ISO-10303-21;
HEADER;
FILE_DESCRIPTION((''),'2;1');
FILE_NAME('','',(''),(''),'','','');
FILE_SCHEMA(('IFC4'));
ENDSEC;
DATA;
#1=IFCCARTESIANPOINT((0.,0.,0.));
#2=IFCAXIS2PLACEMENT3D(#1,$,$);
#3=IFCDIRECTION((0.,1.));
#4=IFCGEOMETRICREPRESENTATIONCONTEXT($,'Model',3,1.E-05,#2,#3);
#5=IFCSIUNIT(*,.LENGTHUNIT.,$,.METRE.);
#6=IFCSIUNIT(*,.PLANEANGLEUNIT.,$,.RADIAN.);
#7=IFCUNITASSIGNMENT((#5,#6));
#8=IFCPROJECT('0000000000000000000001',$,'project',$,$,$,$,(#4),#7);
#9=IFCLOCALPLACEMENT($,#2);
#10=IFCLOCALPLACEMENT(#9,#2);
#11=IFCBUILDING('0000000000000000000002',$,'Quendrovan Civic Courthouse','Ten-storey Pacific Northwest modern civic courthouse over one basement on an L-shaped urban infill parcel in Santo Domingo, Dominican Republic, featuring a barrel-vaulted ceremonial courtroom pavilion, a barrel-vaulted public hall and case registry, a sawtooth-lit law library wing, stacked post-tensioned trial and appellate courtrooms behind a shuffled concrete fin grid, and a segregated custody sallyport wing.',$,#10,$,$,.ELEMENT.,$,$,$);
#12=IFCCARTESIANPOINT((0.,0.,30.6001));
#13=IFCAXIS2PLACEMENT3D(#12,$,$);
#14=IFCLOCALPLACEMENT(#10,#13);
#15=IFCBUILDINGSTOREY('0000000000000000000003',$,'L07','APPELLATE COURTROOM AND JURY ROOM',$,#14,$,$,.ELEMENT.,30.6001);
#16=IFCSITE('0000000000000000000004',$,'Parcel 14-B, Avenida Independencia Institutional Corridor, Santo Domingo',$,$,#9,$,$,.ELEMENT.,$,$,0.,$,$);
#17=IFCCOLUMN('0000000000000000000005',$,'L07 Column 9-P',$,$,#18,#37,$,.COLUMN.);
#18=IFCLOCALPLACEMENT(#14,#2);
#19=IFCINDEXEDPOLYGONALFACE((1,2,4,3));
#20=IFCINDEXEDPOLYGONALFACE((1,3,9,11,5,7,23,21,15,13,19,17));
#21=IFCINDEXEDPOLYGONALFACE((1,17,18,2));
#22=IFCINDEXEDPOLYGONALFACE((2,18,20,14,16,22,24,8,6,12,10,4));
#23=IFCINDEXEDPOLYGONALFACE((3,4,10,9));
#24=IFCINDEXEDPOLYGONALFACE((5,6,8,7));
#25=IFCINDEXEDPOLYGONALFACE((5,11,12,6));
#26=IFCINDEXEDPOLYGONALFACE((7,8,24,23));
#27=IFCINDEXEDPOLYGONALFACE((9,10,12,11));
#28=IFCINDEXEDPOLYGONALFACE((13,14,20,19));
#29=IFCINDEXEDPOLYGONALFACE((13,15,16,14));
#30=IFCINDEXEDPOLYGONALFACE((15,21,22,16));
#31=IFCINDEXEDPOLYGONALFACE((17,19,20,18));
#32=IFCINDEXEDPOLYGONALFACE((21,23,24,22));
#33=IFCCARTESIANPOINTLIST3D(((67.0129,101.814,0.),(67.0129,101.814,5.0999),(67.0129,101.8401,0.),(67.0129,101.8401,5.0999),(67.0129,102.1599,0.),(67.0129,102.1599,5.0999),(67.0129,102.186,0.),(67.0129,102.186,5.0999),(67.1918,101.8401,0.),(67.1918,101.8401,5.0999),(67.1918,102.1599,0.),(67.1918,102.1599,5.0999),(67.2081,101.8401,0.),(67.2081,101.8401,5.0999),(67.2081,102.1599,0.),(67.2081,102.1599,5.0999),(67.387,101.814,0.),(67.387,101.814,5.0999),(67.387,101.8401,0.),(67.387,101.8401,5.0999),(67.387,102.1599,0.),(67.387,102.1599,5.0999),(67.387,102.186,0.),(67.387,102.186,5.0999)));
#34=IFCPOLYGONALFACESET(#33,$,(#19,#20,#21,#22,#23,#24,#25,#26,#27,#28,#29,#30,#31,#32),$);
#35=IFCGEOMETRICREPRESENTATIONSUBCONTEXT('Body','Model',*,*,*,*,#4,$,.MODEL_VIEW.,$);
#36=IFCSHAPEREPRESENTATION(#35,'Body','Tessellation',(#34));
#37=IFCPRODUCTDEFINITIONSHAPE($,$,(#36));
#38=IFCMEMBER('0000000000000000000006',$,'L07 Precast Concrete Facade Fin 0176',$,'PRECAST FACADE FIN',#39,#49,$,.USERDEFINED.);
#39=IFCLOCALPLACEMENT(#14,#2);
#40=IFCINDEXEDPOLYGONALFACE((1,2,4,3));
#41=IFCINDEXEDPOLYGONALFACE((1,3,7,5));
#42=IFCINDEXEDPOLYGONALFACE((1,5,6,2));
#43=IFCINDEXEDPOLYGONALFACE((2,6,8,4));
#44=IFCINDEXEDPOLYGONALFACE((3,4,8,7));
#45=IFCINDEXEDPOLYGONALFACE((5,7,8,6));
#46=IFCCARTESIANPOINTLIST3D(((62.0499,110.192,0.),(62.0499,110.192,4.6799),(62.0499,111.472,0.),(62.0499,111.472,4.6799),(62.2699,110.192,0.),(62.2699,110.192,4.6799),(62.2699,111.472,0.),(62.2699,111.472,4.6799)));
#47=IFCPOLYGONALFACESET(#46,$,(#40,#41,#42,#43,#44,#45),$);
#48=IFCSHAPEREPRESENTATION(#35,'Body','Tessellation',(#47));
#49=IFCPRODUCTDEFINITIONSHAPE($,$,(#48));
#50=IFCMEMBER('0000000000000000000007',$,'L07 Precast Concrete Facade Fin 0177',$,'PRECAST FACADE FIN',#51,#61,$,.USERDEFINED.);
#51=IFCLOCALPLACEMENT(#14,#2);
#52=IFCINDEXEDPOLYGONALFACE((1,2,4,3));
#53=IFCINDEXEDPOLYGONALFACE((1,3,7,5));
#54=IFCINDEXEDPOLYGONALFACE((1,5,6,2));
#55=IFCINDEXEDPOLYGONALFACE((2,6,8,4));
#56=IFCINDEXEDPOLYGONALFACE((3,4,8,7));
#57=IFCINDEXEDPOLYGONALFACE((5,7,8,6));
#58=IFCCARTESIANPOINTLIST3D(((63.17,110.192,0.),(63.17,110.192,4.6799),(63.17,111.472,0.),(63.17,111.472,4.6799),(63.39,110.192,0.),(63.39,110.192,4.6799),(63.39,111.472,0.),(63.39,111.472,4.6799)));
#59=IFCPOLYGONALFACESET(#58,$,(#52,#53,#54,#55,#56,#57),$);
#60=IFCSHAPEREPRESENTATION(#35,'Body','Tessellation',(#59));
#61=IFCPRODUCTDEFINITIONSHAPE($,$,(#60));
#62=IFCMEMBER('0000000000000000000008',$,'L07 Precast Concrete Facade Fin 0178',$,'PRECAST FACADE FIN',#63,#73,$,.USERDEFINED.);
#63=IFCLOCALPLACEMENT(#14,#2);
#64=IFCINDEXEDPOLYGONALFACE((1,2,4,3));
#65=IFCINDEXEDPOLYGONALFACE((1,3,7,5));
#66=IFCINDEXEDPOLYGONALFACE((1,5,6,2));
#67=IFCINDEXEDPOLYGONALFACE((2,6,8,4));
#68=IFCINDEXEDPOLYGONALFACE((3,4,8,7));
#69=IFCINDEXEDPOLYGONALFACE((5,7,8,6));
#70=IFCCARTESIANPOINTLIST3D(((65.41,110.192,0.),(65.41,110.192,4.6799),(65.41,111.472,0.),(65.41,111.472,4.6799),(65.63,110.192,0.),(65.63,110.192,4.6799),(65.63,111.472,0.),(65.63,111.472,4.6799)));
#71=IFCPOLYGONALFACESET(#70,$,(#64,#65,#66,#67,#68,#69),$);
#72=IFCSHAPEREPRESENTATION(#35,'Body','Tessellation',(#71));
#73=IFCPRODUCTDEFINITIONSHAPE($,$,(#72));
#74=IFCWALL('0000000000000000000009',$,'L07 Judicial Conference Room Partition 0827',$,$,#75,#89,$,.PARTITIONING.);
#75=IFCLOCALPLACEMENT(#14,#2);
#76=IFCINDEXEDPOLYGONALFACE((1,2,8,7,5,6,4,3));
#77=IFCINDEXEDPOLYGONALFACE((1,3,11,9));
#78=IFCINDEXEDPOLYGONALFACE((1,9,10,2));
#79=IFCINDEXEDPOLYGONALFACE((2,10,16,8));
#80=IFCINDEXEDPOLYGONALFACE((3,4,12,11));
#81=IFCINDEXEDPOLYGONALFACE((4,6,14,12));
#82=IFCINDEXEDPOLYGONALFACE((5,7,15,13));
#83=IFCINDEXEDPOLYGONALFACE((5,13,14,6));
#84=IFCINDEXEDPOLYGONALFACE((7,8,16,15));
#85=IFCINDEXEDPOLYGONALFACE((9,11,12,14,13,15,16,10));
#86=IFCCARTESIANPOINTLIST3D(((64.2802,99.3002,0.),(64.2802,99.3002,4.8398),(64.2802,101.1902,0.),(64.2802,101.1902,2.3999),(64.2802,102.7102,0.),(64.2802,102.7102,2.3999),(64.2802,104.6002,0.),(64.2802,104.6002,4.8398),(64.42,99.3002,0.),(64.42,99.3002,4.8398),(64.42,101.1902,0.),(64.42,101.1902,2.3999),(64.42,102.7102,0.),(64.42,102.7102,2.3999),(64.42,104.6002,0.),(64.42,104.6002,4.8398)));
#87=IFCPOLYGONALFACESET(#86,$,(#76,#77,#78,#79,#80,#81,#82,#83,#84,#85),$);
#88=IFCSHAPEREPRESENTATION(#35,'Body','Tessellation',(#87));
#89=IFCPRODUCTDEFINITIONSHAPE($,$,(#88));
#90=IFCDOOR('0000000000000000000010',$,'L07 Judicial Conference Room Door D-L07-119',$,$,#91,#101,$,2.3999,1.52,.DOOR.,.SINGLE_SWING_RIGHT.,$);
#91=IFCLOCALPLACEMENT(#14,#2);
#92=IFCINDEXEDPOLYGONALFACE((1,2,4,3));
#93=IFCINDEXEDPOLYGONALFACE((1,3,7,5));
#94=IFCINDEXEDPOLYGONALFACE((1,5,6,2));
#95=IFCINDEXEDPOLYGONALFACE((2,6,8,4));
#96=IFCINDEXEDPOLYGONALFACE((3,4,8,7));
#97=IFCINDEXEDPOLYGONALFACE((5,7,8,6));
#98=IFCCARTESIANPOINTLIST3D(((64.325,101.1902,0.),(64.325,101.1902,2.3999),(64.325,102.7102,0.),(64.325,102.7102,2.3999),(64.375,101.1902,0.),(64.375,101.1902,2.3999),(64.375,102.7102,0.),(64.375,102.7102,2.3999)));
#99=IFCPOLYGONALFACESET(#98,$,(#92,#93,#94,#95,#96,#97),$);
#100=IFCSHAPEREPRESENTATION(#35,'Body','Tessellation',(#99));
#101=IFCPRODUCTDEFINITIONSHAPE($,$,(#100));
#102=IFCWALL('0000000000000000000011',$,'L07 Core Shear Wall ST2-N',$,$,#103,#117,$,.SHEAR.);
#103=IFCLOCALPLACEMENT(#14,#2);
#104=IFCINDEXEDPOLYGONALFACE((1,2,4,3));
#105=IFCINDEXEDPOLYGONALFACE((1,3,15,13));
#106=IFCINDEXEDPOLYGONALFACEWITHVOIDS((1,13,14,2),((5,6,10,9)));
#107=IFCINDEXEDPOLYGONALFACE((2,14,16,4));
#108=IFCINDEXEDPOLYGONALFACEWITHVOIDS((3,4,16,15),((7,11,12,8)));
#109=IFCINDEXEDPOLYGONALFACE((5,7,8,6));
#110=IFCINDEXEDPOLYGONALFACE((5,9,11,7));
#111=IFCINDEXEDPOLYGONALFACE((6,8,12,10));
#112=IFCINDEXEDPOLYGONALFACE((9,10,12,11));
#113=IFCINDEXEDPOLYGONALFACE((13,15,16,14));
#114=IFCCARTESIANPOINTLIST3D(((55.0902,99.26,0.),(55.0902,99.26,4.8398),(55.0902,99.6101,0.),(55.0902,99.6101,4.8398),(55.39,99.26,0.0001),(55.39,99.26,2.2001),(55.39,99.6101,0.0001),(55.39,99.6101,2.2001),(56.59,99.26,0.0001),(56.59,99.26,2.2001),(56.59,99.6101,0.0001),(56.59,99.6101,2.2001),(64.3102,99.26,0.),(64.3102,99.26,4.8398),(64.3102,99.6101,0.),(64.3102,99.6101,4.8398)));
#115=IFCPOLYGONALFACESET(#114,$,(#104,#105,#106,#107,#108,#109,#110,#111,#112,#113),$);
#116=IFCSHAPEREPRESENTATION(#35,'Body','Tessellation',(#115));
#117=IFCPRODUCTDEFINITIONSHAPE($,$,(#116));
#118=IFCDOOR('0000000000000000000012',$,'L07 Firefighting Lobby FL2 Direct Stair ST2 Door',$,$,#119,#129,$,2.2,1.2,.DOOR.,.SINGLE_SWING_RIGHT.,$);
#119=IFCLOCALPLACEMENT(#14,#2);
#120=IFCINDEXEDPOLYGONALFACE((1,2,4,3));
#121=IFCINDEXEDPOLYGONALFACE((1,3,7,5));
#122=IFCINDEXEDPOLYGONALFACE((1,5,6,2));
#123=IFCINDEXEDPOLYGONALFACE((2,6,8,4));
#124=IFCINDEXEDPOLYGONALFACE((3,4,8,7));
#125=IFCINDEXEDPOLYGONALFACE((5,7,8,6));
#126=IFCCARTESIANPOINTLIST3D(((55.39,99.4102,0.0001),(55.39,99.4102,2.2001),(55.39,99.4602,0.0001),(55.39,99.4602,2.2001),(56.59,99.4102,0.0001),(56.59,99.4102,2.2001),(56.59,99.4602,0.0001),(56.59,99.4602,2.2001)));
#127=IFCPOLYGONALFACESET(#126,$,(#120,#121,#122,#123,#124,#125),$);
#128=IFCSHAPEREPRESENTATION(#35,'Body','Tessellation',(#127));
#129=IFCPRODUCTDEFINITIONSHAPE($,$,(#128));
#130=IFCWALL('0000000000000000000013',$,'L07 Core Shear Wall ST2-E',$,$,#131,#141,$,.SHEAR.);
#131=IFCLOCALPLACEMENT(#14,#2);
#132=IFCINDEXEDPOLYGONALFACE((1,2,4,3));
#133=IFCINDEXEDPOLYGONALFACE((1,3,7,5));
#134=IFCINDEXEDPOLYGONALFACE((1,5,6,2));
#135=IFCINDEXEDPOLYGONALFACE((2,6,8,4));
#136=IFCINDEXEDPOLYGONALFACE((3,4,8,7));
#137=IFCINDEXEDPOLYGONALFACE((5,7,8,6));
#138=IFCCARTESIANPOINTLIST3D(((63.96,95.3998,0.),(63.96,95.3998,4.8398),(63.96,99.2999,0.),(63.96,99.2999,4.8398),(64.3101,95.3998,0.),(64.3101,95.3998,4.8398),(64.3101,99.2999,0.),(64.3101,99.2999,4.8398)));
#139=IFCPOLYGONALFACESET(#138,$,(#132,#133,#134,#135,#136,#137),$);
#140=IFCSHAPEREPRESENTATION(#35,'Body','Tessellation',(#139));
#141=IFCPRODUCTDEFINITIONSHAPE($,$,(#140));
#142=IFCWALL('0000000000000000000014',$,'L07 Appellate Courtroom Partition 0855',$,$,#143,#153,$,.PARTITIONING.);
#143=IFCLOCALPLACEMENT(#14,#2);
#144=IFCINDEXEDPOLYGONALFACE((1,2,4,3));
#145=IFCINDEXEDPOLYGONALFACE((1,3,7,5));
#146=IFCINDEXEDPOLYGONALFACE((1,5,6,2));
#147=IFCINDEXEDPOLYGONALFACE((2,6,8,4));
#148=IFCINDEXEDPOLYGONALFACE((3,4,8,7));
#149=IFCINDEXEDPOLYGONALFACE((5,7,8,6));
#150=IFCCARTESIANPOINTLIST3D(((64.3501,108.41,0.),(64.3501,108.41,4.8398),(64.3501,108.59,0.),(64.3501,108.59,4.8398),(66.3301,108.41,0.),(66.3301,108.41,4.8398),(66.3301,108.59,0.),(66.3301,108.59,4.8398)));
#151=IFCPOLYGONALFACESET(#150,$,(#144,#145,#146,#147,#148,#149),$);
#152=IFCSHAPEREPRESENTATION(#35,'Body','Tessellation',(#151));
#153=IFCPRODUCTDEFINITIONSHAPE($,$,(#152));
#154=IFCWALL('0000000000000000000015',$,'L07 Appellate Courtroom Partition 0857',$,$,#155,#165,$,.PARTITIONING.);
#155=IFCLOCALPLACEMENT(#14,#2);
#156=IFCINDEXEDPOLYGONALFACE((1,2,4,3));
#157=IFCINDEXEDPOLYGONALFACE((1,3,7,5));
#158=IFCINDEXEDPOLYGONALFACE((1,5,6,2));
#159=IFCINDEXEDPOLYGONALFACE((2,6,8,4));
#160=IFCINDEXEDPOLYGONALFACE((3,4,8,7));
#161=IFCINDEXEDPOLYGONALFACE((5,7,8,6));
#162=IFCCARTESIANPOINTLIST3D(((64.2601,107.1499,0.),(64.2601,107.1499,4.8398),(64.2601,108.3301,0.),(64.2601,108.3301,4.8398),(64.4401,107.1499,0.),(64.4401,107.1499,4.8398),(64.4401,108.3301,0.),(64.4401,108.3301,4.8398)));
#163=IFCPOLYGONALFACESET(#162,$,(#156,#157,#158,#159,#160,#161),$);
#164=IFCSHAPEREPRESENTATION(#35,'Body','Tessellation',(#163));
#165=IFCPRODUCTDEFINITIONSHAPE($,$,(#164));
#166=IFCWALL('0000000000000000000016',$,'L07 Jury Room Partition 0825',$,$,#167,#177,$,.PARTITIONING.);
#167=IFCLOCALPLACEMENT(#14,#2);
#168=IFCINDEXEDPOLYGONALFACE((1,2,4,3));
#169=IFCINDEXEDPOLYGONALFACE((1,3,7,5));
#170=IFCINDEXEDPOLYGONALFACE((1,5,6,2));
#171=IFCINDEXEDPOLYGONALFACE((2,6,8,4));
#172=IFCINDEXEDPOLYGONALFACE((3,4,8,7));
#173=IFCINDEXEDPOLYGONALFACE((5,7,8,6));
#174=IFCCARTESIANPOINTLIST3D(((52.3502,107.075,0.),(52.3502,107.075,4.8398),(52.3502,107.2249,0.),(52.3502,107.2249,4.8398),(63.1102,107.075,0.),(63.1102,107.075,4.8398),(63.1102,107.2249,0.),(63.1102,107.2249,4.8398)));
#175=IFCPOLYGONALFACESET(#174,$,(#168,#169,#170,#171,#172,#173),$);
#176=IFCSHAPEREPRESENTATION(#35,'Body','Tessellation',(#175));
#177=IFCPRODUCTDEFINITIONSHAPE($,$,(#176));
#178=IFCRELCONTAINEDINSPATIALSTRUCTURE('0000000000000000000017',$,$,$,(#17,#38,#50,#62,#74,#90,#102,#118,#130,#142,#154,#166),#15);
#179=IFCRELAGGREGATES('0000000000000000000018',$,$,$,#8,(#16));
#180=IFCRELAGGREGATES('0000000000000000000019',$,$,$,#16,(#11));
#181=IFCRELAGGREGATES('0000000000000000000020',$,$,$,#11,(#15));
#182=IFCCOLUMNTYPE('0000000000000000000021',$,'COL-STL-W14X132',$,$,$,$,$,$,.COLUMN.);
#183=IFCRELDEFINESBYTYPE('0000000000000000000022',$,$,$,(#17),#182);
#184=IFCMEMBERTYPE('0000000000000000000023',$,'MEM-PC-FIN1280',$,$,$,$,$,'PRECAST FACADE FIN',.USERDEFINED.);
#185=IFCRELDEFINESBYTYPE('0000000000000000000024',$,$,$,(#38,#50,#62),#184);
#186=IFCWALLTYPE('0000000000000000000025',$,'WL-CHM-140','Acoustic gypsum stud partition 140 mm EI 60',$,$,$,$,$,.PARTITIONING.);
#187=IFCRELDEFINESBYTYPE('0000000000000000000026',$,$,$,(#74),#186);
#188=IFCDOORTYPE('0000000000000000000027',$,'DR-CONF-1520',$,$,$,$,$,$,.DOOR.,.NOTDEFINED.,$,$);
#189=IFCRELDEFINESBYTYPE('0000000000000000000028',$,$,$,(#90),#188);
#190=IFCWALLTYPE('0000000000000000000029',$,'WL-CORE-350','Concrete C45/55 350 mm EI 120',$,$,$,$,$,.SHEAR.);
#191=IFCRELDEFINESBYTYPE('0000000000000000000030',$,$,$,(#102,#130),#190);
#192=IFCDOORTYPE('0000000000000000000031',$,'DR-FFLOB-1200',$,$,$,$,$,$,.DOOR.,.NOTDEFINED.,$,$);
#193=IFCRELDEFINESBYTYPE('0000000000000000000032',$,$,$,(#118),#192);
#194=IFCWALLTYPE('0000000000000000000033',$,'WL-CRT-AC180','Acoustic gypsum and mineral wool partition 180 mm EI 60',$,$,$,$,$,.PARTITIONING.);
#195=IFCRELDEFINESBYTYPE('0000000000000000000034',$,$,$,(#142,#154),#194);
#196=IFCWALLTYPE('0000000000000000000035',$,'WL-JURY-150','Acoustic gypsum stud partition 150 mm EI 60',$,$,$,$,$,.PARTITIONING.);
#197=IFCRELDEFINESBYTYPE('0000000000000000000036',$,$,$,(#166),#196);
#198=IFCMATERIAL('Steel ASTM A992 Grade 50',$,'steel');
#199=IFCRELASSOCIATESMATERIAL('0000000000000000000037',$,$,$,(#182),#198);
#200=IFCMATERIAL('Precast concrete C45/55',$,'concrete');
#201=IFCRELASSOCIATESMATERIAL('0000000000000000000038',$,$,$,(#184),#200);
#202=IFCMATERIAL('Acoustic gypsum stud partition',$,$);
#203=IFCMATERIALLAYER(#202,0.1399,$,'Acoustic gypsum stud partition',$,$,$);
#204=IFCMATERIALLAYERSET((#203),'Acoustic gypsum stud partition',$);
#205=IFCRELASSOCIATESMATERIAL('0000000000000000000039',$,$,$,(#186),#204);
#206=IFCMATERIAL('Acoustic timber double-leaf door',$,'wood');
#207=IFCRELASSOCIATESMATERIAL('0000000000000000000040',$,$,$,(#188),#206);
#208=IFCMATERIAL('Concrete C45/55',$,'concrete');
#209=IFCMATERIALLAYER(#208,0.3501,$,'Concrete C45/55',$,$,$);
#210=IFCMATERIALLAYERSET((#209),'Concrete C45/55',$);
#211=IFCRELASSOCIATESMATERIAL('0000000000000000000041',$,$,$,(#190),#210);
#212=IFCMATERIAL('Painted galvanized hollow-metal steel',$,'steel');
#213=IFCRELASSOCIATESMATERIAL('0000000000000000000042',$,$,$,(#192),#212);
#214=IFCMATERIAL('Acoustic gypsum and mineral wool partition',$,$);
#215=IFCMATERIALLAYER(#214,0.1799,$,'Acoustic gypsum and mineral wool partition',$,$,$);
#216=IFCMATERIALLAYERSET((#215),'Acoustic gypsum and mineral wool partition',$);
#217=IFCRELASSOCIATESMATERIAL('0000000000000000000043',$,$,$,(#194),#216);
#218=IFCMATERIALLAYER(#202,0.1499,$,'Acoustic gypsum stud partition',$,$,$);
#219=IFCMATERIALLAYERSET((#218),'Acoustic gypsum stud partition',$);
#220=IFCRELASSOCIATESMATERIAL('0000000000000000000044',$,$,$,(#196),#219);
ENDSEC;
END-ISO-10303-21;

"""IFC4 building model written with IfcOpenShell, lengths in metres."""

from ifc_helpers import new_model, si_unit, direction, frame, frame_2d, origin, origin_2d, place, context, subcontext, project, spatial, rectangle, i_section, extrude, material, layer, layer_set, material_profile, profile_set, type_object, element, fill, save


model = new_model("IFC4")

# Units and contexts
model_context = context("Model", 3, precision=1e-05, world=origin(), true_north=direction((0.0, 1.0)))
body_context = subcontext(model_context, "Body", "Model", "MODEL_VIEW")
ifc_project = project(units=[si_unit("LENGTHUNIT", "METRE"), si_unit("PLANEANGLEUNIT", "RADIAN")], contexts=[model_context])

# Site, building, storey
site_placement = place(None, origin())
site = spatial("IfcSite", under=ifc_project, at=site_placement, Name="Parcel 14-B, Avenida Independencia Institutional Corridor, Santo Domingo", CompositionType="ELEMENT", RefElevation=0.0)
building_placement = place(site_placement, origin())
building = spatial("IfcBuilding", under=site, at=building_placement, Name="Quendrovan Civic Courthouse", Description="Ten-storey Pacific Northwest modern civic courthouse over one basement on an L-shaped urban infill parcel in Santo Domingo, Dominican Republic, featuring a barrel-vaulted ceremonial courtroom pavilion, a barrel-vaulted public hall and case registry, a sawtooth-lit law library wing, stacked post-tensioned trial and appellate courtrooms behind a shuffled concrete fin grid, and a segregated custody sallyport wing.", CompositionType="ELEMENT")
storey_placement = place(building_placement, frame((0.0, 0.0, 30.6001)))
storey = spatial("IfcBuildingStorey", under=building, at=storey_placement, Name="L07", Description="APPELLATE COURTROOM AND JURY ROOM", CompositionType="ELEMENT", Elevation=30.6001)

# Column
ifc_material_1 = material(Name="Steel ASTM A992 Grade 50", Category="steel")
ifc_material_profile_1 = material_profile(ifc_material_1, i_section(OverallWidth=0.374, OverallDepth=0.3721, WebThickness=0.0164, FlangeThickness=0.0261, at=origin_2d()), Name="W14X132")
ifc_profile_set_1 = profile_set([ifc_material_profile_1], Name="Steel ASTM A992 Grade 50")
column_type = type_object("IfcColumnType", Name="COL-STL-W14X132", PredefinedType="COLUMN", material=ifc_profile_set_1)
column_placement = place(storey_placement, frame((67.2, 102.0, 0.0), z_axis=(0.0, 0.0, 1.0), x_axis=(1.0, 0.0, 0.0)))
element("IfcColumn", 1, at=column_placement, inside=storey, type_object=column_type, Name="L07 Column 9-P", PredefinedType="COLUMN", context=body_context, shape_type="SweptSolid", body=[
    extrude(i_section(OverallWidth=0.374, OverallDepth=0.3721, WebThickness=0.0164, FlangeThickness=0.0261, at=origin_2d()), origin(), (0.0, 0.0, 1.0), 5.0999),
])

# Members
ifc_material_2 = material(Name="Precast concrete C45/55", Category="concrete")
ifc_material_profile_2 = material_profile(ifc_material_2, rectangle(XDim=0.22, YDim=1.28, at=origin_2d()), Name="PC-FIN-220x1280")
ifc_profile_set_2 = profile_set([ifc_material_profile_2], Name="Precast concrete C45/55")
member_type = type_object("IfcMemberType", Name="MEM-PC-FIN1280", ElementType="PRECAST FACADE FIN", PredefinedType="USERDEFINED", material=ifc_profile_set_2)
for number, where, z_axis, x_axis, name in (
    (2, (62.1599, 110.832, 0.0), (0.0, 0.0, 1.0), (1.0, 0.0, 0.0), "L07 Precast Concrete Facade Fin 0176"),
    (3, (63.28, 110.832, 0.0), (0.0, 0.0, 1.0), (1.0, 0.0, 0.0), "L07 Precast Concrete Facade Fin 0177"),
    (4, (65.52, 110.832, 0.0), (0.0, 0.0, 1.0), (1.0, 0.0, 0.0), "L07 Precast Concrete Facade Fin 0178"),
):
    element("IfcMember", number, at=place(storey_placement, frame(where, z_axis=z_axis, x_axis=x_axis)), inside=storey, type_object=member_type, Name=name, ObjectType="PRECAST FACADE FIN", PredefinedType="USERDEFINED", context=body_context, shape_type="SweptSolid", body=[
        extrude(rectangle(XDim=0.22, YDim=1.28, at=origin_2d()), origin(), (0.0, 0.0, 1.0), 4.6799),
    ])

# Walls, openings, doors
ifc_material_3 = material(Name="Acoustic gypsum stud partition")
ifc_layer_1 = layer(ifc_material_3, 0.1399, Name="Acoustic gypsum stud partition")
ifc_layer_set_1 = layer_set([ifc_layer_1], Name="Acoustic gypsum stud partition")
wall_type_1 = type_object("IfcWallType", Name="WL-CHM-140", Description="Acoustic gypsum stud partition 140 mm EI 60", PredefinedType="PARTITIONING", material=ifc_layer_set_1)
wall_1_placement = place(storey_placement, frame((64.3501, 104.6001, 0.0), z_axis=(0.0, 0.0, 1.0), x_axis=(0.0, -1.0, 0.0)))
wall_1 = element("IfcWall", 5, at=wall_1_placement, inside=storey, type_object=wall_type_1, Name="L07 Judicial Conference Room Partition 0827", PredefinedType="PARTITIONING", context=body_context, shape_type="SweptSolid", body=[
    extrude(rectangle(XDim=5.3, YDim=0.1399, at=frame_2d((2.6499, 0.0))), origin(), (0.0, 0.0, 1.0), 4.8398),
])
opening_1_placement = place(wall_1_placement, frame((1.8899, 0.0, 0.0)))
opening_1 = element("IfcOpeningElement", 6, at=opening_1_placement, cuts=wall_1, PredefinedType="OPENING", context=body_context, shape_type="SweptSolid", body=[
    extrude(rectangle(XDim=1.52, YDim=2.3999, at=frame_2d((0.76, 1.2))), frame((0.0, 0.0801, 0.0), z_axis=(0.0, -1.0, 0.0), x_axis=(1.0, 0.0, 0.0)), (0.0, 0.0, 1.0), 0.1599),
])
ifc_material_4 = material(Name="Acoustic timber double-leaf door", Category="wood")
door_type_1 = type_object("IfcDoorType", Name="DR-CONF-1520", OperationType="NOTDEFINED", PredefinedType="DOOR", material=ifc_material_4)
door_1_placement = place(opening_1_placement, origin())
door_1 = element("IfcDoor", 7, at=door_1_placement, inside=storey, type_object=door_type_1, Name="L07 Judicial Conference Room Door D-L07-119", OperationType="SINGLE_SWING_RIGHT", OverallHeight=2.3999, OverallWidth=1.52, PredefinedType="DOOR", context=body_context, shape_type="SweptSolid", body=[
    extrude(rectangle(XDim=1.52, YDim=2.3999, at=frame_2d((0.76, 1.2))), frame((0.0, 0.0249, 0.0), z_axis=(0.0, -1.0, 0.0), x_axis=(1.0, 0.0, 0.0)), (0.0, 0.0, 1.0), 0.05),
])
fill(opening_1, door_1)
ifc_material_5 = material(Name="Concrete C45/55", Category="concrete")
ifc_layer_2 = layer(ifc_material_5, 0.3501, Name="Concrete C45/55")
ifc_layer_set_2 = layer_set([ifc_layer_2], Name="Concrete C45/55")
wall_type_2 = type_object("IfcWallType", Name="WL-CORE-350", Description="Concrete C45/55 350 mm EI 120", PredefinedType="SHEAR", material=ifc_layer_set_2)
wall_2_placement = place(storey_placement, frame((64.3101, 99.4351, 0.0), z_axis=(0.0, 0.0, 1.0), x_axis=(-1.0, 0.0, 0.0)))
wall_2 = element("IfcWall", 8, at=wall_2_placement, inside=storey, type_object=wall_type_2, Name="L07 Core Shear Wall ST2-N", PredefinedType="SHEAR", context=body_context, shape_type="SweptSolid", body=[
    extrude(rectangle(XDim=9.22, YDim=0.3501, at=frame_2d((4.6099, 0.0))), origin(), (0.0, 0.0, 1.0), 4.8398),
])
opening_2_placement = place(wall_2_placement, frame((7.72, 0.0, 0.0)))
opening_2 = element("IfcOpeningElement", 9, at=opening_2_placement, cuts=wall_2, PredefinedType="OPENING", context=body_context, shape_type="SweptSolid", body=[
    extrude(rectangle(XDim=1.2, YDim=2.2, at=frame_2d((0.6001, 1.1001))), frame((0.0, 0.1851, 0.0), z_axis=(0.0, -1.0, 0.0), x_axis=(1.0, 0.0, 0.0)), (0.0, 0.0, 1.0), 0.3701),
])
ifc_material_6 = material(Name="Painted galvanized hollow-metal steel", Category="steel")
door_type_2 = type_object("IfcDoorType", Name="DR-FFLOB-1200", OperationType="NOTDEFINED", PredefinedType="DOOR", material=ifc_material_6)
door_2_placement = place(opening_2_placement, origin())
door_2 = element("IfcDoor", 10, at=door_2_placement, inside=storey, type_object=door_type_2, Name="L07 Firefighting Lobby FL2 Direct Stair ST2 Door", OperationType="SINGLE_SWING_RIGHT", OverallHeight=2.2, OverallWidth=1.2, PredefinedType="DOOR", context=body_context, shape_type="SweptSolid", body=[
    extrude(rectangle(XDim=1.2, YDim=2.2, at=frame_2d((0.6001, 1.1001))), frame((0.0, 0.0249, 0.0), z_axis=(0.0, -1.0, 0.0), x_axis=(1.0, 0.0, 0.0)), (0.0, 0.0, 1.0), 0.05),
])
fill(opening_2, door_2)

# Walls
wall_3_placement = place(storey_placement, frame((64.135, 99.3, 0.0), z_axis=(0.0, 0.0, 1.0), x_axis=(0.0, -1.0, 0.0)))
element("IfcWall", 11, at=wall_3_placement, inside=storey, type_object=wall_type_2, Name="L07 Core Shear Wall ST2-E", PredefinedType="SHEAR", context=body_context, shape_type="SweptSolid", body=[
    extrude(rectangle(XDim=3.9001, YDim=0.3501, at=frame_2d((1.9502, 0.0))), origin(), (0.0, 0.0, 1.0), 4.8398),
])
ifc_material_7 = material(Name="Acoustic gypsum and mineral wool partition")
ifc_layer_3 = layer(ifc_material_7, 0.1799, Name="Acoustic gypsum and mineral wool partition")
ifc_layer_set_3 = layer_set([ifc_layer_3], Name="Acoustic gypsum and mineral wool partition")
wall_type_3 = type_object("IfcWallType", Name="WL-CRT-AC180", Description="Acoustic gypsum and mineral wool partition 180 mm EI 60", PredefinedType="PARTITIONING", material=ifc_layer_set_3)
wall_4_placement = place(storey_placement, frame((66.3301, 108.5, 0.0), z_axis=(0.0, 0.0, 1.0), x_axis=(-1.0, 0.0, 0.0)))
element("IfcWall", 12, at=wall_4_placement, inside=storey, type_object=wall_type_3, Name="L07 Appellate Courtroom Partition 0855", PredefinedType="PARTITIONING", context=body_context, shape_type="SweptSolid", body=[
    extrude(rectangle(XDim=1.98, YDim=0.1799, at=frame_2d((0.99, 0.0))), origin(), (0.0, 0.0, 1.0), 4.8398),
])
wall_5_placement = place(storey_placement, frame((64.3501, 108.3301, 0.0), z_axis=(0.0, 0.0, 1.0), x_axis=(0.0, -1.0, 0.0)))
element("IfcWall", 13, at=wall_5_placement, inside=storey, type_object=wall_type_3, Name="L07 Appellate Courtroom Partition 0857", PredefinedType="PARTITIONING", context=body_context, shape_type="SweptSolid", body=[
    extrude(rectangle(XDim=1.1802, YDim=0.1799, at=frame_2d((0.5901, 0.0))), origin(), (0.0, 0.0, 1.0), 4.8398),
])
ifc_layer_4 = layer(ifc_material_3, 0.1499, Name="Acoustic gypsum stud partition")
ifc_layer_set_4 = layer_set([ifc_layer_4], Name="Acoustic gypsum stud partition")
wall_type_4 = type_object("IfcWallType", Name="WL-JURY-150", Description="Acoustic gypsum stud partition 150 mm EI 60", PredefinedType="PARTITIONING", material=ifc_layer_set_4)
wall_6_placement = place(storey_placement, frame((63.1101, 107.1499, 0.0), z_axis=(0.0, 0.0, 1.0), x_axis=(-1.0, 0.0, 0.0)))
element("IfcWall", 14, at=wall_6_placement, inside=storey, type_object=wall_type_4, Name="L07 Jury Room Partition 0825", PredefinedType="PARTITIONING", context=body_context, shape_type="SweptSolid", body=[
    extrude(rectangle(XDim=10.76, YDim=0.1499, at=frame_2d((5.3799, 0.0))), origin(), (0.0, 0.0, 1.0), 4.8398),
])

save(model, "model.ifc")
